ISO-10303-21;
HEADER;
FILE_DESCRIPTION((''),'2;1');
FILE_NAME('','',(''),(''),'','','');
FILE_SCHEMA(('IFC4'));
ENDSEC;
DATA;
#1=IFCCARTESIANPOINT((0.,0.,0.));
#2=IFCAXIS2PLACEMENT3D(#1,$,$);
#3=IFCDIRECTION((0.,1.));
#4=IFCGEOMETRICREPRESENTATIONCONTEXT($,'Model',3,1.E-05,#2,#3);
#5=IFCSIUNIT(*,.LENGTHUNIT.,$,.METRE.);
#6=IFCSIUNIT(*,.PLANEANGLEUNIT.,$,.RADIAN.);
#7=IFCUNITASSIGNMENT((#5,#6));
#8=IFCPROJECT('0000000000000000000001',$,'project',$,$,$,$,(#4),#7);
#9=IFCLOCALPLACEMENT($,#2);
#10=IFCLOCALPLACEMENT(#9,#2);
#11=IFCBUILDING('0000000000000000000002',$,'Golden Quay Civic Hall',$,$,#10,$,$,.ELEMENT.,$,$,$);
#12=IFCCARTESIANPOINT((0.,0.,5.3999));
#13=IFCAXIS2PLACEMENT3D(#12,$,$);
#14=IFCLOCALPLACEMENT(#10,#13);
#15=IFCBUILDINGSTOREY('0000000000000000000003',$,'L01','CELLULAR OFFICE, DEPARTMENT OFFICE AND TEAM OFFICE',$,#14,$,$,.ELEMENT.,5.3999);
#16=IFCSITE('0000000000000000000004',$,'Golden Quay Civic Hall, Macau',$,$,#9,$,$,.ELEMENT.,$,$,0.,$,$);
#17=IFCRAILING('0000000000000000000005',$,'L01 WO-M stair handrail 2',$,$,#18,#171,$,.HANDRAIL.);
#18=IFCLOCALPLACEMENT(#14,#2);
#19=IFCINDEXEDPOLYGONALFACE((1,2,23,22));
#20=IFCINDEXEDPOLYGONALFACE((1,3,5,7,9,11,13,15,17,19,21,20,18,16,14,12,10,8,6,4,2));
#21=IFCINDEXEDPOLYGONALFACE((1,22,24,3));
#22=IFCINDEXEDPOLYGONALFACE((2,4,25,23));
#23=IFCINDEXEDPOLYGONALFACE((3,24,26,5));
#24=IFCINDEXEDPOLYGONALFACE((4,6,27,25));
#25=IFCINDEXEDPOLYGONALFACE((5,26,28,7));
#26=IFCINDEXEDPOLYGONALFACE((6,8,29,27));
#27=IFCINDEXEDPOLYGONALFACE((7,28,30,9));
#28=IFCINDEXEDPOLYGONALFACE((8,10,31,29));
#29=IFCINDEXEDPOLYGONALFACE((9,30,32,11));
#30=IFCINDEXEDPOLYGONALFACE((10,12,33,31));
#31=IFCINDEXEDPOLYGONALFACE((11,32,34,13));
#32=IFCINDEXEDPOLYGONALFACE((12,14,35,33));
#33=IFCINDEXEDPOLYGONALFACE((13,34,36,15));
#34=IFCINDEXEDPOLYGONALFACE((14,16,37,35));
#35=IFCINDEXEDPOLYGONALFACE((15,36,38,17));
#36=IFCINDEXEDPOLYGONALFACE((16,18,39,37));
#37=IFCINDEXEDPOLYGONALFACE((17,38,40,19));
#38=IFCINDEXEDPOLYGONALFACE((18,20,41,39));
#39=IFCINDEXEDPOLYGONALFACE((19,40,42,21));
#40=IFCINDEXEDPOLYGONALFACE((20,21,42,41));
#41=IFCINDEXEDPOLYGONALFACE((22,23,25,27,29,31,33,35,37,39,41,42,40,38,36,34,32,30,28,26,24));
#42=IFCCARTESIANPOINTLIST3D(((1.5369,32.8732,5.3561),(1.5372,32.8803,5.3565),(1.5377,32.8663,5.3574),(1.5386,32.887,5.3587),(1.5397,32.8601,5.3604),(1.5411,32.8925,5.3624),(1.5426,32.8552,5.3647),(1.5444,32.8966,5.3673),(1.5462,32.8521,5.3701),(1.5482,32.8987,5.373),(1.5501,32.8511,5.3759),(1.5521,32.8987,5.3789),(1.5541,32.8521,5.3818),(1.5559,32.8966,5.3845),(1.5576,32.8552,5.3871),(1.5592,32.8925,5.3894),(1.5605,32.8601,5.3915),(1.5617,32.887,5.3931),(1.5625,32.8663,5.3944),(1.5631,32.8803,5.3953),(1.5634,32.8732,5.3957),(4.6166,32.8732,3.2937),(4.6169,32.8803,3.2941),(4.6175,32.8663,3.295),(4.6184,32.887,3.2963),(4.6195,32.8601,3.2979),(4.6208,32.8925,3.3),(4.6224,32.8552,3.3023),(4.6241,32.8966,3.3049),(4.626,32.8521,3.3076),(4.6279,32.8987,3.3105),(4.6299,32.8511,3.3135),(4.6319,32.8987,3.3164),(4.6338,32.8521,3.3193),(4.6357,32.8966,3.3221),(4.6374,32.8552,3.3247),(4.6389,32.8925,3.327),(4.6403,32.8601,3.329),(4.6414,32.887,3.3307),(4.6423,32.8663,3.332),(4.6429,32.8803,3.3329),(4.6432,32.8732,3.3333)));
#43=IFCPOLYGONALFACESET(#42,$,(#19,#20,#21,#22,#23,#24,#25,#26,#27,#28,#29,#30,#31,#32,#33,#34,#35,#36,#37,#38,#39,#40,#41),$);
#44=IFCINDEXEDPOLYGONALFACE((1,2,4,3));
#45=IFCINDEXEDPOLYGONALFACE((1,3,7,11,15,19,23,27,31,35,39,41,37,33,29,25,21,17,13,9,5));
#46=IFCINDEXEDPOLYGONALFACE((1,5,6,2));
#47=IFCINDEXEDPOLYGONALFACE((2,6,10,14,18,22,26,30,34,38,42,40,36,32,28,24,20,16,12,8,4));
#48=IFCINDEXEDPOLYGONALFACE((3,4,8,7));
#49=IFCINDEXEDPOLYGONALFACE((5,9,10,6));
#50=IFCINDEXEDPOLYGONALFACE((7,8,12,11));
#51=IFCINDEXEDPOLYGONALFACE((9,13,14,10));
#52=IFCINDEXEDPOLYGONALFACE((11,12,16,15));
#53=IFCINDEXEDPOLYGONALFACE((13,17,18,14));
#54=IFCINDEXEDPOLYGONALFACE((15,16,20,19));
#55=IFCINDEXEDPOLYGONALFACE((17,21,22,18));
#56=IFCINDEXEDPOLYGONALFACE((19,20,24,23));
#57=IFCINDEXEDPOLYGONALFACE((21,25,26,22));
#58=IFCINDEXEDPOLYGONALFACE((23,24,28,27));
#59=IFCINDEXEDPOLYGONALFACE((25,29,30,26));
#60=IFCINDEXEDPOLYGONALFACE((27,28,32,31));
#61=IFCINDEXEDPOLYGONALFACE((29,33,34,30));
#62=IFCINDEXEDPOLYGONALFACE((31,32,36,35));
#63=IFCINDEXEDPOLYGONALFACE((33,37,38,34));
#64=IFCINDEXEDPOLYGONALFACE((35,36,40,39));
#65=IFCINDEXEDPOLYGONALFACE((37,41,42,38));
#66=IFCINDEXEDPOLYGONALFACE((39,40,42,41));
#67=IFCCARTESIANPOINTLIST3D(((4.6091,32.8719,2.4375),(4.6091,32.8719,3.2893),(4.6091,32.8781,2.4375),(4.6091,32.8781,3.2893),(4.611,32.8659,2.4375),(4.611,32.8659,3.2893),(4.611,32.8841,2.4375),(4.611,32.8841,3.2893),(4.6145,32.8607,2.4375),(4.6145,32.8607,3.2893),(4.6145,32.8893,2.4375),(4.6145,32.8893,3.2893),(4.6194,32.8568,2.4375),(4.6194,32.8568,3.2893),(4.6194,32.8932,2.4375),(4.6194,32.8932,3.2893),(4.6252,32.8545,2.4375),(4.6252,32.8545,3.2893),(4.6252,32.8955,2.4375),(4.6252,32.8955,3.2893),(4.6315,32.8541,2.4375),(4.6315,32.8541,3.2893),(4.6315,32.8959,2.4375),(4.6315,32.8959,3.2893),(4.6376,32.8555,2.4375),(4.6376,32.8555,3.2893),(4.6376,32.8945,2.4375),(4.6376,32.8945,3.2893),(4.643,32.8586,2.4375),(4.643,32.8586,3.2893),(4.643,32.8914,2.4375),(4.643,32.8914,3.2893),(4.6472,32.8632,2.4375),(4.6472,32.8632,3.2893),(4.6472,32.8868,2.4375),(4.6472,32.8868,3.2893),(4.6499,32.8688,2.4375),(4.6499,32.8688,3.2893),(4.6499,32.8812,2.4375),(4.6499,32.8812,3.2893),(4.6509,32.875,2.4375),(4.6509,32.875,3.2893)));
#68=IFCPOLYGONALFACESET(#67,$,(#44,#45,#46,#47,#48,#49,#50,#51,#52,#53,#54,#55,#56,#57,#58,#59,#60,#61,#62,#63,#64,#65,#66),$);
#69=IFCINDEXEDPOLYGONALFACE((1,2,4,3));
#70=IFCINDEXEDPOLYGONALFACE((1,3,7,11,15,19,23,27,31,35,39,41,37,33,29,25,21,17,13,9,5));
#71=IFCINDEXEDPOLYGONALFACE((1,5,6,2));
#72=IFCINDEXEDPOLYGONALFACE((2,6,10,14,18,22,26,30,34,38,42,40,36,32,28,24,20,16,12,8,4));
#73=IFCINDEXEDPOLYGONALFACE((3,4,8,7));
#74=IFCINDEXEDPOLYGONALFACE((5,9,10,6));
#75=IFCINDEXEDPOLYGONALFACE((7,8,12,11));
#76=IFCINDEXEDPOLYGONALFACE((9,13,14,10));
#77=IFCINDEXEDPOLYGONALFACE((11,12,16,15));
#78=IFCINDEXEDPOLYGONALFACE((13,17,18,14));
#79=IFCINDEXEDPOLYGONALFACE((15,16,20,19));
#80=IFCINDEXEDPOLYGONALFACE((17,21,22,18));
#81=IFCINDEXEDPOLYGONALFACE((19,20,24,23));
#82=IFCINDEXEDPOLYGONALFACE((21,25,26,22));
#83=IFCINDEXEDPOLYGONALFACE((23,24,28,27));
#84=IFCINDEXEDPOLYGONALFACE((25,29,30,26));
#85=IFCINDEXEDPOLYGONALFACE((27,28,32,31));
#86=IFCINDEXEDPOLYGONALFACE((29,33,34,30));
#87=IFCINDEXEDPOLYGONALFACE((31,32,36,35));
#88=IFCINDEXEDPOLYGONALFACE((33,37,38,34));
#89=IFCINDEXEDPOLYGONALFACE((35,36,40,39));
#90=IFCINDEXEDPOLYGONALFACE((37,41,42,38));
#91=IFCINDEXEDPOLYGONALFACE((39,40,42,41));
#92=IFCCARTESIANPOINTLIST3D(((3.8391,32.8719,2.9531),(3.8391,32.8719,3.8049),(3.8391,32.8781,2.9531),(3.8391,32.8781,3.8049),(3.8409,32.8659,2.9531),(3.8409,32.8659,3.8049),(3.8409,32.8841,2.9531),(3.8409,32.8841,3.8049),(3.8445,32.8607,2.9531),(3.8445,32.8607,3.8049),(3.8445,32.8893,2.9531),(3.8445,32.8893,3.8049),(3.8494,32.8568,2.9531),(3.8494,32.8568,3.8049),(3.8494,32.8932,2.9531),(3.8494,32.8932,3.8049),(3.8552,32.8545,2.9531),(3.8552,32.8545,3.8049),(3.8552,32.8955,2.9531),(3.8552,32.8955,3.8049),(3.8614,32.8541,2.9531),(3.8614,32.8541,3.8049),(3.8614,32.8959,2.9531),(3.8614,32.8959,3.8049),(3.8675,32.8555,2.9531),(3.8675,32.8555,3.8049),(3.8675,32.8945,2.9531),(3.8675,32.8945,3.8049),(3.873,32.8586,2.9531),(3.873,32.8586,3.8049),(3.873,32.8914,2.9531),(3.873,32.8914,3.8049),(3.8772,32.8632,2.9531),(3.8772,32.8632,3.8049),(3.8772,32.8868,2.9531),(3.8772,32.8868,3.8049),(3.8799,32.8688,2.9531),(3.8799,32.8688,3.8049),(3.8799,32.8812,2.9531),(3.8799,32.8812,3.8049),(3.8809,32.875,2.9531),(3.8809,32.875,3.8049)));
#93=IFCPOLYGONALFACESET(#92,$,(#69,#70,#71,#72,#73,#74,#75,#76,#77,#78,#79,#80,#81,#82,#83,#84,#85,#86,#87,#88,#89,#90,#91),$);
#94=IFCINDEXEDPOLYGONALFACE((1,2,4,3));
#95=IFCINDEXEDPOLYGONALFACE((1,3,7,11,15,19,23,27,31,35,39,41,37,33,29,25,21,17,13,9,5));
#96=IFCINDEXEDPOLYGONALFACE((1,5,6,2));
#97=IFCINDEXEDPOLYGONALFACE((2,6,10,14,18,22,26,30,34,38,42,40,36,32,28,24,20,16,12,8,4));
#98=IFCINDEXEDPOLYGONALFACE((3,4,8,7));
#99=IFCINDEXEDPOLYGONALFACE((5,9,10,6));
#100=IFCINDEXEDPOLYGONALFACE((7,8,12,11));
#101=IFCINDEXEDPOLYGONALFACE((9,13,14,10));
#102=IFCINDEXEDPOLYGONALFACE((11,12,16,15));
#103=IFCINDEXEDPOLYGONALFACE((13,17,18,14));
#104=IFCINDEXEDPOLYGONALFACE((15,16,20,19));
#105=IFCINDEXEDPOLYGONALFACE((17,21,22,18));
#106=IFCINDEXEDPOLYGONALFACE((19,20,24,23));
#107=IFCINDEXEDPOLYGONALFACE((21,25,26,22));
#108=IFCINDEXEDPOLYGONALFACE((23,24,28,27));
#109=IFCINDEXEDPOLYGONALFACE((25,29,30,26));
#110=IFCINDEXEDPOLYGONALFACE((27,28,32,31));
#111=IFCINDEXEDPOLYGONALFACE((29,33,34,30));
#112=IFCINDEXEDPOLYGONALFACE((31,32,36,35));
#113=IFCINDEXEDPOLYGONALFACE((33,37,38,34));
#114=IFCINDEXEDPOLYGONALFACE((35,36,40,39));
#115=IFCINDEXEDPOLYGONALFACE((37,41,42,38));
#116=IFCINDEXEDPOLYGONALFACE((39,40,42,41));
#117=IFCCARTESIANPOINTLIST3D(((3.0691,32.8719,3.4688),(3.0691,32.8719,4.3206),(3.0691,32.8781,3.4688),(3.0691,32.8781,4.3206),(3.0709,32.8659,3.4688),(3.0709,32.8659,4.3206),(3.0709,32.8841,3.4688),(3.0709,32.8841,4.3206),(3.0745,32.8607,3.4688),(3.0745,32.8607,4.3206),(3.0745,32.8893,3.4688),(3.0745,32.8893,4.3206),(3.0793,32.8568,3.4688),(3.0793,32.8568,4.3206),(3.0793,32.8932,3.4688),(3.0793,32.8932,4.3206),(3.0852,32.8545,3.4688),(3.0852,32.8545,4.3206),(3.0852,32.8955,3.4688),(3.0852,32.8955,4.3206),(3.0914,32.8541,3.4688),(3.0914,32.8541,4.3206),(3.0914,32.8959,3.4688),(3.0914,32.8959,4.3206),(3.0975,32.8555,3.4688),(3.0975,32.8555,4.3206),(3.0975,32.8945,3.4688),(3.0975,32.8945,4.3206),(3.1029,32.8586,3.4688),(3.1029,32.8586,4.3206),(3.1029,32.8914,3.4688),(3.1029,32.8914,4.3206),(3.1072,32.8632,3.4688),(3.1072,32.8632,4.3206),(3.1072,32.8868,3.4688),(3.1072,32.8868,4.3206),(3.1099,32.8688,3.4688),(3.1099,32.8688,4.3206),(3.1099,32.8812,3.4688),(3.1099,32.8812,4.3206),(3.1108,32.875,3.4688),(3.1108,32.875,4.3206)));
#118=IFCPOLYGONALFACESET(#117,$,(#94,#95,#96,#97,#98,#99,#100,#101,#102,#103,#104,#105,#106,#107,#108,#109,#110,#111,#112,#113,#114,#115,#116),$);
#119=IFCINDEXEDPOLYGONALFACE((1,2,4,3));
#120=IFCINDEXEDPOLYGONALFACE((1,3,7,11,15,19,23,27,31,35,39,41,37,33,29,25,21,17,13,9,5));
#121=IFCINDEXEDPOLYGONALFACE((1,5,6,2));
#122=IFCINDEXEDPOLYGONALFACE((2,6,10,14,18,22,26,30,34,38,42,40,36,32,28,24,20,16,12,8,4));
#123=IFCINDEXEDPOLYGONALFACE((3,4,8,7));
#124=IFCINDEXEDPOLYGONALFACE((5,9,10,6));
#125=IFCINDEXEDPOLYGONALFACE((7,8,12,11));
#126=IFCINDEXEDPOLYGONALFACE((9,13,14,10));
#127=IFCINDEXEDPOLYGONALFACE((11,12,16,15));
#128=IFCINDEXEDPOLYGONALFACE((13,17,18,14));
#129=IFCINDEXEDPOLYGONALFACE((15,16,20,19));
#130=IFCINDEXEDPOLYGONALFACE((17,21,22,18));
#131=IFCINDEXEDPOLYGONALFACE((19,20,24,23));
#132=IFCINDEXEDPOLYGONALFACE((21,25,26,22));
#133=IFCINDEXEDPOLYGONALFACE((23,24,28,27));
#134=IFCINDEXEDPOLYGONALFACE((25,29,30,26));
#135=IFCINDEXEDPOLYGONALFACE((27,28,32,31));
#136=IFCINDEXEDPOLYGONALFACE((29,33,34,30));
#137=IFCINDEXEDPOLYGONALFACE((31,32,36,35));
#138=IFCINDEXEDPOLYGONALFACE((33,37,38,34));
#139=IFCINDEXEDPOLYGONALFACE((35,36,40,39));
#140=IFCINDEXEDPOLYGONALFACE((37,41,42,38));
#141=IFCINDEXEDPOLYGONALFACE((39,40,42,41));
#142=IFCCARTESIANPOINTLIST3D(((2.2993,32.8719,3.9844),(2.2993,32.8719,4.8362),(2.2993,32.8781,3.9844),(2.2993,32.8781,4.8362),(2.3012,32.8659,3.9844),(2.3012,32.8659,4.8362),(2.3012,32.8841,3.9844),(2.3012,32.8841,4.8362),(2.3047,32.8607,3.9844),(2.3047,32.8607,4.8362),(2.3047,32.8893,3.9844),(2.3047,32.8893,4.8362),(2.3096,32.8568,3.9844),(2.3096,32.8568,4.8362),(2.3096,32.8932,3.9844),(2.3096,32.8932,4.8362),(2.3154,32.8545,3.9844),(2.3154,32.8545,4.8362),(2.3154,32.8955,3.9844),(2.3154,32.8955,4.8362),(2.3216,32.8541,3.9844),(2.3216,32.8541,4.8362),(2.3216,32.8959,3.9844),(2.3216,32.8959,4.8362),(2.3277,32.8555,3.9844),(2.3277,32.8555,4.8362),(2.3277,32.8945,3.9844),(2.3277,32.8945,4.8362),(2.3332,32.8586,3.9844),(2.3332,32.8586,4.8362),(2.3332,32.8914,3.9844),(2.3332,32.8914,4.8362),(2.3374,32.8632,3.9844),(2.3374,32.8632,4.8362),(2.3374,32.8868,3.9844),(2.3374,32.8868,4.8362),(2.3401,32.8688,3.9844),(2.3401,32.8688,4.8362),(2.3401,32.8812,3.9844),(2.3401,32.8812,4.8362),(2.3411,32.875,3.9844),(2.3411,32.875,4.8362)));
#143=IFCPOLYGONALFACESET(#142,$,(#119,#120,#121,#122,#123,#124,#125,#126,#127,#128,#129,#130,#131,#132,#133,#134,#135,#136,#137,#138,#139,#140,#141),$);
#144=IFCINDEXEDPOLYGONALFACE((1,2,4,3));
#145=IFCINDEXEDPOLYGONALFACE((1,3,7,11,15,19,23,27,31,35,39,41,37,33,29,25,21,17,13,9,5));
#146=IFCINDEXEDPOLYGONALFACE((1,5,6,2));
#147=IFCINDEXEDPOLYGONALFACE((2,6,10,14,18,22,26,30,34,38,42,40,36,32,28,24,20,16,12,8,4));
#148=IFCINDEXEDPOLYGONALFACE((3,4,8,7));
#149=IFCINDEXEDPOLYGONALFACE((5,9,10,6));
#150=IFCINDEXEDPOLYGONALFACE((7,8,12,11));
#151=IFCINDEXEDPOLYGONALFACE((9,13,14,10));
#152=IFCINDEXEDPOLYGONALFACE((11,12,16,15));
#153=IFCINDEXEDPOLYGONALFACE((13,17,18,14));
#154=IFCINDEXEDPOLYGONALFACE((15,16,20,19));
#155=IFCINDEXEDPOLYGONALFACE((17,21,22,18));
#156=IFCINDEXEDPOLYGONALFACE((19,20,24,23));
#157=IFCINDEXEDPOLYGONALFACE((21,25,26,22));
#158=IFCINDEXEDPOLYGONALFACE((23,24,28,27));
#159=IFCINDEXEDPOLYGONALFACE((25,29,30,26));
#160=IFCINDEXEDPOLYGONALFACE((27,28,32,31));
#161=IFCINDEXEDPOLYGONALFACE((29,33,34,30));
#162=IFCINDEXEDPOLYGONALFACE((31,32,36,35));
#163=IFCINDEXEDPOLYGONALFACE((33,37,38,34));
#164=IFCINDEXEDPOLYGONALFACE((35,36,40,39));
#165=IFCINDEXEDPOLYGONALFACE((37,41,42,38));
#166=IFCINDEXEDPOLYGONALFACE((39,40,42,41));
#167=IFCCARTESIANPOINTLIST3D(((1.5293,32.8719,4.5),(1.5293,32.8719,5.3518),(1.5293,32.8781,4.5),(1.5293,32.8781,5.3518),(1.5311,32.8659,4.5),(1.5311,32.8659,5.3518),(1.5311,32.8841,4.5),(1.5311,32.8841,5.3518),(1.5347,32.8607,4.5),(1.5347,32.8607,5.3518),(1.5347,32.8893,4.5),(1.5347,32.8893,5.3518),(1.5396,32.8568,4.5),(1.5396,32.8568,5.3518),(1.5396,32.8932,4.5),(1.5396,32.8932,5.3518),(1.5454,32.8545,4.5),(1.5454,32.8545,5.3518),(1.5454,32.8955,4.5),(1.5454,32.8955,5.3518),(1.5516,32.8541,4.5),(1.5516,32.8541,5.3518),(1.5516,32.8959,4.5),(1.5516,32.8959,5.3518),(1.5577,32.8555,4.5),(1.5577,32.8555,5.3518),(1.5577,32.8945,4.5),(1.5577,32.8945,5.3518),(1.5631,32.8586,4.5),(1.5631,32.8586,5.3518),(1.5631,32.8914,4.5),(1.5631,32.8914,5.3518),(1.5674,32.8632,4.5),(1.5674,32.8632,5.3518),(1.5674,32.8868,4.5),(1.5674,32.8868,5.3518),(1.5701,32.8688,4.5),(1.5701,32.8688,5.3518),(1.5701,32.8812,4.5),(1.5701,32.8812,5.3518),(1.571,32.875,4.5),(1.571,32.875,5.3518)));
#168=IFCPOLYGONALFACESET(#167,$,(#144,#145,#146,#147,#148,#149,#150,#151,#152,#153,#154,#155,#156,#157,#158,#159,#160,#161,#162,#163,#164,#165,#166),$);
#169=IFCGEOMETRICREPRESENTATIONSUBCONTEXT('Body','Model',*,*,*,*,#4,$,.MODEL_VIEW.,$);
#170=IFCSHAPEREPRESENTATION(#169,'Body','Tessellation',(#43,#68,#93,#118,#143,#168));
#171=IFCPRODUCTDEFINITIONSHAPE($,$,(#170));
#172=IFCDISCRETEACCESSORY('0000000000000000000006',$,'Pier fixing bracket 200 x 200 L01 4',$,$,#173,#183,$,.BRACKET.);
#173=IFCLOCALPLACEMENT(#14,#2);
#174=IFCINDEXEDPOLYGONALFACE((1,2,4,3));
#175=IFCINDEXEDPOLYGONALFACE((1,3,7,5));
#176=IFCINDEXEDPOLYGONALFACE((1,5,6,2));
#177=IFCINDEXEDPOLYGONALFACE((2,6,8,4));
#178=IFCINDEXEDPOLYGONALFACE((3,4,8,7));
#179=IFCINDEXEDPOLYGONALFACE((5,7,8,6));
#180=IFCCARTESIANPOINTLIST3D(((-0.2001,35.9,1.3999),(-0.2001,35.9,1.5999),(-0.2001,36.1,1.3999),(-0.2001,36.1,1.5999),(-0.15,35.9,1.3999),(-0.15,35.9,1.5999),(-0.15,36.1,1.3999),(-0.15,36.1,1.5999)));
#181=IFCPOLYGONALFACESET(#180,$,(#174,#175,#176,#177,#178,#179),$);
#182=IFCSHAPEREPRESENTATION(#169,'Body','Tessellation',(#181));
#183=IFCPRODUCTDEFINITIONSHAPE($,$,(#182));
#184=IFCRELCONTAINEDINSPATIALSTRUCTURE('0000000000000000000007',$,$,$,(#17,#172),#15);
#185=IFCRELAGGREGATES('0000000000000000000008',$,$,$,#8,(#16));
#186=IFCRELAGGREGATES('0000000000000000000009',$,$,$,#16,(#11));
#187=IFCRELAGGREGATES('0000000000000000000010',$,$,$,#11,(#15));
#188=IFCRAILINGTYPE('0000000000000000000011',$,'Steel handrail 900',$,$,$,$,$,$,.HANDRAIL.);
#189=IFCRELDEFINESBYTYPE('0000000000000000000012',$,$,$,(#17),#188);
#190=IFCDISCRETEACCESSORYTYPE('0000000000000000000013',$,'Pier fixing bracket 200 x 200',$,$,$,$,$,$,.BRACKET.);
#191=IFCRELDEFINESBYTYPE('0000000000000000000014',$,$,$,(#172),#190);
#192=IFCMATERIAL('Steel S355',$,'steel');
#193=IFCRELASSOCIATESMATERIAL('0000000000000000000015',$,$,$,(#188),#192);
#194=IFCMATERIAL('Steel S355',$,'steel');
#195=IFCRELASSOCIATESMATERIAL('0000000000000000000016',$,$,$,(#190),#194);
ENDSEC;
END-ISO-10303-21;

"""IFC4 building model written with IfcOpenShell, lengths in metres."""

from ifc_helpers import new_model, si_unit, direction, frame, origin, origin_2d, place, context, subcontext, project, spatial, rectangle, circle, extrude, material, type_object, element, save


model = new_model("IFC4")

# Units and contexts
model_context = context("Model", 3, precision=1e-05, world=origin(), true_north=direction((0.0, 1.0)))
body_context = subcontext(model_context, "Body", "Model", "MODEL_VIEW")
ifc_project = project(units=[si_unit("LENGTHUNIT", "METRE"), si_unit("PLANEANGLEUNIT", "RADIAN")], contexts=[model_context])

# Site, building, storey
site_placement = place(None, origin())
site = spatial("IfcSite", under=ifc_project, at=site_placement, Name="Golden Quay Civic Hall, Macau", CompositionType="ELEMENT", RefElevation=0.0)
building_placement = place(site_placement, origin())
building = spatial("IfcBuilding", under=site, at=building_placement, Name="Golden Quay Civic Hall", CompositionType="ELEMENT")
storey_placement = place(building_placement, frame((0.0, 0.0, 5.3999)))
storey = spatial("IfcBuildingStorey", under=building, at=storey_placement, Name="L01", Description="CELLULAR OFFICE, DEPARTMENT OFFICE AND TEAM OFFICE", CompositionType="ELEMENT", Elevation=5.3999)

# Railing
ifc_material_1 = material(Name="Steel S355", Category="steel")
railing_type_1 = type_object("IfcRailingType", Name="Steel handrail 900", PredefinedType="HANDRAIL", material=ifc_material_1)
railing_1_placement = place(storey_placement, frame((4.6299, 32.875, 2.4375)))
element("IfcRailing", 1, at=railing_1_placement, inside=storey, type_object=railing_type_1, Name="L01 WO-M stair handrail 2", PredefinedType="HANDRAIL", context=body_context, shape_type="SweptSolid", body=[
    extrude(circle(Radius=0.0239, at=origin_2d()), frame((0.0, 0.0, 0.876), z_axis=(-0.830893, 0.0, 0.556432), x_axis=(0.0, -1.0, 0.0)), (0.0, 0.0, 1.0), 3.7065),
    extrude(circle(Radius=0.021, at=origin_2d()), origin(), (0.0, 0.0, 1.0), 0.8518),
    extrude(circle(Radius=0.021, at=origin_2d()), frame((-0.77, 0.0, 0.5156)), (0.0, 0.0, 1.0), 0.8518),
    extrude(circle(Radius=0.021, at=origin_2d()), frame((-1.54, 0.0, 1.0312)), (0.0, 0.0, 1.0), 0.8518),
    extrude(circle(Radius=0.021, at=origin_2d()), frame((-2.3098, 0.0, 1.5469)), (0.0, 0.0, 1.0), 0.8518),
    extrude(circle(Radius=0.021, at=origin_2d()), frame((-3.0798, 0.0, 2.0625)), (0.0, 0.0, 1.0), 0.8518),
])

# Discrete accessory
ifc_material_2 = material(Name="Steel S355", Category="steel")
discrete_accessory_type = type_object("IfcDiscreteAccessoryType", Name="Pier fixing bracket 200 x 200", PredefinedType="BRACKET", material=ifc_material_2)
discrete_accessory_placement = place(storey_placement, frame((-0.175, 36.0, 1.3999), z_axis=(0.0, 0.0, 1.0), x_axis=(0.0, -1.0, 0.0)))
element("IfcDiscreteAccessory", 2, at=discrete_accessory_placement, inside=storey, type_object=discrete_accessory_type, Name="Pier fixing bracket 200 x 200 L01 4", PredefinedType="BRACKET", context=body_context, shape_type="SweptSolid", body=[
    extrude(rectangle(XDim=0.2, YDim=0.05, at=origin_2d()), origin(), (0.0, 0.0, 1.0), 0.2),
])

save(model, "model.ifc")
